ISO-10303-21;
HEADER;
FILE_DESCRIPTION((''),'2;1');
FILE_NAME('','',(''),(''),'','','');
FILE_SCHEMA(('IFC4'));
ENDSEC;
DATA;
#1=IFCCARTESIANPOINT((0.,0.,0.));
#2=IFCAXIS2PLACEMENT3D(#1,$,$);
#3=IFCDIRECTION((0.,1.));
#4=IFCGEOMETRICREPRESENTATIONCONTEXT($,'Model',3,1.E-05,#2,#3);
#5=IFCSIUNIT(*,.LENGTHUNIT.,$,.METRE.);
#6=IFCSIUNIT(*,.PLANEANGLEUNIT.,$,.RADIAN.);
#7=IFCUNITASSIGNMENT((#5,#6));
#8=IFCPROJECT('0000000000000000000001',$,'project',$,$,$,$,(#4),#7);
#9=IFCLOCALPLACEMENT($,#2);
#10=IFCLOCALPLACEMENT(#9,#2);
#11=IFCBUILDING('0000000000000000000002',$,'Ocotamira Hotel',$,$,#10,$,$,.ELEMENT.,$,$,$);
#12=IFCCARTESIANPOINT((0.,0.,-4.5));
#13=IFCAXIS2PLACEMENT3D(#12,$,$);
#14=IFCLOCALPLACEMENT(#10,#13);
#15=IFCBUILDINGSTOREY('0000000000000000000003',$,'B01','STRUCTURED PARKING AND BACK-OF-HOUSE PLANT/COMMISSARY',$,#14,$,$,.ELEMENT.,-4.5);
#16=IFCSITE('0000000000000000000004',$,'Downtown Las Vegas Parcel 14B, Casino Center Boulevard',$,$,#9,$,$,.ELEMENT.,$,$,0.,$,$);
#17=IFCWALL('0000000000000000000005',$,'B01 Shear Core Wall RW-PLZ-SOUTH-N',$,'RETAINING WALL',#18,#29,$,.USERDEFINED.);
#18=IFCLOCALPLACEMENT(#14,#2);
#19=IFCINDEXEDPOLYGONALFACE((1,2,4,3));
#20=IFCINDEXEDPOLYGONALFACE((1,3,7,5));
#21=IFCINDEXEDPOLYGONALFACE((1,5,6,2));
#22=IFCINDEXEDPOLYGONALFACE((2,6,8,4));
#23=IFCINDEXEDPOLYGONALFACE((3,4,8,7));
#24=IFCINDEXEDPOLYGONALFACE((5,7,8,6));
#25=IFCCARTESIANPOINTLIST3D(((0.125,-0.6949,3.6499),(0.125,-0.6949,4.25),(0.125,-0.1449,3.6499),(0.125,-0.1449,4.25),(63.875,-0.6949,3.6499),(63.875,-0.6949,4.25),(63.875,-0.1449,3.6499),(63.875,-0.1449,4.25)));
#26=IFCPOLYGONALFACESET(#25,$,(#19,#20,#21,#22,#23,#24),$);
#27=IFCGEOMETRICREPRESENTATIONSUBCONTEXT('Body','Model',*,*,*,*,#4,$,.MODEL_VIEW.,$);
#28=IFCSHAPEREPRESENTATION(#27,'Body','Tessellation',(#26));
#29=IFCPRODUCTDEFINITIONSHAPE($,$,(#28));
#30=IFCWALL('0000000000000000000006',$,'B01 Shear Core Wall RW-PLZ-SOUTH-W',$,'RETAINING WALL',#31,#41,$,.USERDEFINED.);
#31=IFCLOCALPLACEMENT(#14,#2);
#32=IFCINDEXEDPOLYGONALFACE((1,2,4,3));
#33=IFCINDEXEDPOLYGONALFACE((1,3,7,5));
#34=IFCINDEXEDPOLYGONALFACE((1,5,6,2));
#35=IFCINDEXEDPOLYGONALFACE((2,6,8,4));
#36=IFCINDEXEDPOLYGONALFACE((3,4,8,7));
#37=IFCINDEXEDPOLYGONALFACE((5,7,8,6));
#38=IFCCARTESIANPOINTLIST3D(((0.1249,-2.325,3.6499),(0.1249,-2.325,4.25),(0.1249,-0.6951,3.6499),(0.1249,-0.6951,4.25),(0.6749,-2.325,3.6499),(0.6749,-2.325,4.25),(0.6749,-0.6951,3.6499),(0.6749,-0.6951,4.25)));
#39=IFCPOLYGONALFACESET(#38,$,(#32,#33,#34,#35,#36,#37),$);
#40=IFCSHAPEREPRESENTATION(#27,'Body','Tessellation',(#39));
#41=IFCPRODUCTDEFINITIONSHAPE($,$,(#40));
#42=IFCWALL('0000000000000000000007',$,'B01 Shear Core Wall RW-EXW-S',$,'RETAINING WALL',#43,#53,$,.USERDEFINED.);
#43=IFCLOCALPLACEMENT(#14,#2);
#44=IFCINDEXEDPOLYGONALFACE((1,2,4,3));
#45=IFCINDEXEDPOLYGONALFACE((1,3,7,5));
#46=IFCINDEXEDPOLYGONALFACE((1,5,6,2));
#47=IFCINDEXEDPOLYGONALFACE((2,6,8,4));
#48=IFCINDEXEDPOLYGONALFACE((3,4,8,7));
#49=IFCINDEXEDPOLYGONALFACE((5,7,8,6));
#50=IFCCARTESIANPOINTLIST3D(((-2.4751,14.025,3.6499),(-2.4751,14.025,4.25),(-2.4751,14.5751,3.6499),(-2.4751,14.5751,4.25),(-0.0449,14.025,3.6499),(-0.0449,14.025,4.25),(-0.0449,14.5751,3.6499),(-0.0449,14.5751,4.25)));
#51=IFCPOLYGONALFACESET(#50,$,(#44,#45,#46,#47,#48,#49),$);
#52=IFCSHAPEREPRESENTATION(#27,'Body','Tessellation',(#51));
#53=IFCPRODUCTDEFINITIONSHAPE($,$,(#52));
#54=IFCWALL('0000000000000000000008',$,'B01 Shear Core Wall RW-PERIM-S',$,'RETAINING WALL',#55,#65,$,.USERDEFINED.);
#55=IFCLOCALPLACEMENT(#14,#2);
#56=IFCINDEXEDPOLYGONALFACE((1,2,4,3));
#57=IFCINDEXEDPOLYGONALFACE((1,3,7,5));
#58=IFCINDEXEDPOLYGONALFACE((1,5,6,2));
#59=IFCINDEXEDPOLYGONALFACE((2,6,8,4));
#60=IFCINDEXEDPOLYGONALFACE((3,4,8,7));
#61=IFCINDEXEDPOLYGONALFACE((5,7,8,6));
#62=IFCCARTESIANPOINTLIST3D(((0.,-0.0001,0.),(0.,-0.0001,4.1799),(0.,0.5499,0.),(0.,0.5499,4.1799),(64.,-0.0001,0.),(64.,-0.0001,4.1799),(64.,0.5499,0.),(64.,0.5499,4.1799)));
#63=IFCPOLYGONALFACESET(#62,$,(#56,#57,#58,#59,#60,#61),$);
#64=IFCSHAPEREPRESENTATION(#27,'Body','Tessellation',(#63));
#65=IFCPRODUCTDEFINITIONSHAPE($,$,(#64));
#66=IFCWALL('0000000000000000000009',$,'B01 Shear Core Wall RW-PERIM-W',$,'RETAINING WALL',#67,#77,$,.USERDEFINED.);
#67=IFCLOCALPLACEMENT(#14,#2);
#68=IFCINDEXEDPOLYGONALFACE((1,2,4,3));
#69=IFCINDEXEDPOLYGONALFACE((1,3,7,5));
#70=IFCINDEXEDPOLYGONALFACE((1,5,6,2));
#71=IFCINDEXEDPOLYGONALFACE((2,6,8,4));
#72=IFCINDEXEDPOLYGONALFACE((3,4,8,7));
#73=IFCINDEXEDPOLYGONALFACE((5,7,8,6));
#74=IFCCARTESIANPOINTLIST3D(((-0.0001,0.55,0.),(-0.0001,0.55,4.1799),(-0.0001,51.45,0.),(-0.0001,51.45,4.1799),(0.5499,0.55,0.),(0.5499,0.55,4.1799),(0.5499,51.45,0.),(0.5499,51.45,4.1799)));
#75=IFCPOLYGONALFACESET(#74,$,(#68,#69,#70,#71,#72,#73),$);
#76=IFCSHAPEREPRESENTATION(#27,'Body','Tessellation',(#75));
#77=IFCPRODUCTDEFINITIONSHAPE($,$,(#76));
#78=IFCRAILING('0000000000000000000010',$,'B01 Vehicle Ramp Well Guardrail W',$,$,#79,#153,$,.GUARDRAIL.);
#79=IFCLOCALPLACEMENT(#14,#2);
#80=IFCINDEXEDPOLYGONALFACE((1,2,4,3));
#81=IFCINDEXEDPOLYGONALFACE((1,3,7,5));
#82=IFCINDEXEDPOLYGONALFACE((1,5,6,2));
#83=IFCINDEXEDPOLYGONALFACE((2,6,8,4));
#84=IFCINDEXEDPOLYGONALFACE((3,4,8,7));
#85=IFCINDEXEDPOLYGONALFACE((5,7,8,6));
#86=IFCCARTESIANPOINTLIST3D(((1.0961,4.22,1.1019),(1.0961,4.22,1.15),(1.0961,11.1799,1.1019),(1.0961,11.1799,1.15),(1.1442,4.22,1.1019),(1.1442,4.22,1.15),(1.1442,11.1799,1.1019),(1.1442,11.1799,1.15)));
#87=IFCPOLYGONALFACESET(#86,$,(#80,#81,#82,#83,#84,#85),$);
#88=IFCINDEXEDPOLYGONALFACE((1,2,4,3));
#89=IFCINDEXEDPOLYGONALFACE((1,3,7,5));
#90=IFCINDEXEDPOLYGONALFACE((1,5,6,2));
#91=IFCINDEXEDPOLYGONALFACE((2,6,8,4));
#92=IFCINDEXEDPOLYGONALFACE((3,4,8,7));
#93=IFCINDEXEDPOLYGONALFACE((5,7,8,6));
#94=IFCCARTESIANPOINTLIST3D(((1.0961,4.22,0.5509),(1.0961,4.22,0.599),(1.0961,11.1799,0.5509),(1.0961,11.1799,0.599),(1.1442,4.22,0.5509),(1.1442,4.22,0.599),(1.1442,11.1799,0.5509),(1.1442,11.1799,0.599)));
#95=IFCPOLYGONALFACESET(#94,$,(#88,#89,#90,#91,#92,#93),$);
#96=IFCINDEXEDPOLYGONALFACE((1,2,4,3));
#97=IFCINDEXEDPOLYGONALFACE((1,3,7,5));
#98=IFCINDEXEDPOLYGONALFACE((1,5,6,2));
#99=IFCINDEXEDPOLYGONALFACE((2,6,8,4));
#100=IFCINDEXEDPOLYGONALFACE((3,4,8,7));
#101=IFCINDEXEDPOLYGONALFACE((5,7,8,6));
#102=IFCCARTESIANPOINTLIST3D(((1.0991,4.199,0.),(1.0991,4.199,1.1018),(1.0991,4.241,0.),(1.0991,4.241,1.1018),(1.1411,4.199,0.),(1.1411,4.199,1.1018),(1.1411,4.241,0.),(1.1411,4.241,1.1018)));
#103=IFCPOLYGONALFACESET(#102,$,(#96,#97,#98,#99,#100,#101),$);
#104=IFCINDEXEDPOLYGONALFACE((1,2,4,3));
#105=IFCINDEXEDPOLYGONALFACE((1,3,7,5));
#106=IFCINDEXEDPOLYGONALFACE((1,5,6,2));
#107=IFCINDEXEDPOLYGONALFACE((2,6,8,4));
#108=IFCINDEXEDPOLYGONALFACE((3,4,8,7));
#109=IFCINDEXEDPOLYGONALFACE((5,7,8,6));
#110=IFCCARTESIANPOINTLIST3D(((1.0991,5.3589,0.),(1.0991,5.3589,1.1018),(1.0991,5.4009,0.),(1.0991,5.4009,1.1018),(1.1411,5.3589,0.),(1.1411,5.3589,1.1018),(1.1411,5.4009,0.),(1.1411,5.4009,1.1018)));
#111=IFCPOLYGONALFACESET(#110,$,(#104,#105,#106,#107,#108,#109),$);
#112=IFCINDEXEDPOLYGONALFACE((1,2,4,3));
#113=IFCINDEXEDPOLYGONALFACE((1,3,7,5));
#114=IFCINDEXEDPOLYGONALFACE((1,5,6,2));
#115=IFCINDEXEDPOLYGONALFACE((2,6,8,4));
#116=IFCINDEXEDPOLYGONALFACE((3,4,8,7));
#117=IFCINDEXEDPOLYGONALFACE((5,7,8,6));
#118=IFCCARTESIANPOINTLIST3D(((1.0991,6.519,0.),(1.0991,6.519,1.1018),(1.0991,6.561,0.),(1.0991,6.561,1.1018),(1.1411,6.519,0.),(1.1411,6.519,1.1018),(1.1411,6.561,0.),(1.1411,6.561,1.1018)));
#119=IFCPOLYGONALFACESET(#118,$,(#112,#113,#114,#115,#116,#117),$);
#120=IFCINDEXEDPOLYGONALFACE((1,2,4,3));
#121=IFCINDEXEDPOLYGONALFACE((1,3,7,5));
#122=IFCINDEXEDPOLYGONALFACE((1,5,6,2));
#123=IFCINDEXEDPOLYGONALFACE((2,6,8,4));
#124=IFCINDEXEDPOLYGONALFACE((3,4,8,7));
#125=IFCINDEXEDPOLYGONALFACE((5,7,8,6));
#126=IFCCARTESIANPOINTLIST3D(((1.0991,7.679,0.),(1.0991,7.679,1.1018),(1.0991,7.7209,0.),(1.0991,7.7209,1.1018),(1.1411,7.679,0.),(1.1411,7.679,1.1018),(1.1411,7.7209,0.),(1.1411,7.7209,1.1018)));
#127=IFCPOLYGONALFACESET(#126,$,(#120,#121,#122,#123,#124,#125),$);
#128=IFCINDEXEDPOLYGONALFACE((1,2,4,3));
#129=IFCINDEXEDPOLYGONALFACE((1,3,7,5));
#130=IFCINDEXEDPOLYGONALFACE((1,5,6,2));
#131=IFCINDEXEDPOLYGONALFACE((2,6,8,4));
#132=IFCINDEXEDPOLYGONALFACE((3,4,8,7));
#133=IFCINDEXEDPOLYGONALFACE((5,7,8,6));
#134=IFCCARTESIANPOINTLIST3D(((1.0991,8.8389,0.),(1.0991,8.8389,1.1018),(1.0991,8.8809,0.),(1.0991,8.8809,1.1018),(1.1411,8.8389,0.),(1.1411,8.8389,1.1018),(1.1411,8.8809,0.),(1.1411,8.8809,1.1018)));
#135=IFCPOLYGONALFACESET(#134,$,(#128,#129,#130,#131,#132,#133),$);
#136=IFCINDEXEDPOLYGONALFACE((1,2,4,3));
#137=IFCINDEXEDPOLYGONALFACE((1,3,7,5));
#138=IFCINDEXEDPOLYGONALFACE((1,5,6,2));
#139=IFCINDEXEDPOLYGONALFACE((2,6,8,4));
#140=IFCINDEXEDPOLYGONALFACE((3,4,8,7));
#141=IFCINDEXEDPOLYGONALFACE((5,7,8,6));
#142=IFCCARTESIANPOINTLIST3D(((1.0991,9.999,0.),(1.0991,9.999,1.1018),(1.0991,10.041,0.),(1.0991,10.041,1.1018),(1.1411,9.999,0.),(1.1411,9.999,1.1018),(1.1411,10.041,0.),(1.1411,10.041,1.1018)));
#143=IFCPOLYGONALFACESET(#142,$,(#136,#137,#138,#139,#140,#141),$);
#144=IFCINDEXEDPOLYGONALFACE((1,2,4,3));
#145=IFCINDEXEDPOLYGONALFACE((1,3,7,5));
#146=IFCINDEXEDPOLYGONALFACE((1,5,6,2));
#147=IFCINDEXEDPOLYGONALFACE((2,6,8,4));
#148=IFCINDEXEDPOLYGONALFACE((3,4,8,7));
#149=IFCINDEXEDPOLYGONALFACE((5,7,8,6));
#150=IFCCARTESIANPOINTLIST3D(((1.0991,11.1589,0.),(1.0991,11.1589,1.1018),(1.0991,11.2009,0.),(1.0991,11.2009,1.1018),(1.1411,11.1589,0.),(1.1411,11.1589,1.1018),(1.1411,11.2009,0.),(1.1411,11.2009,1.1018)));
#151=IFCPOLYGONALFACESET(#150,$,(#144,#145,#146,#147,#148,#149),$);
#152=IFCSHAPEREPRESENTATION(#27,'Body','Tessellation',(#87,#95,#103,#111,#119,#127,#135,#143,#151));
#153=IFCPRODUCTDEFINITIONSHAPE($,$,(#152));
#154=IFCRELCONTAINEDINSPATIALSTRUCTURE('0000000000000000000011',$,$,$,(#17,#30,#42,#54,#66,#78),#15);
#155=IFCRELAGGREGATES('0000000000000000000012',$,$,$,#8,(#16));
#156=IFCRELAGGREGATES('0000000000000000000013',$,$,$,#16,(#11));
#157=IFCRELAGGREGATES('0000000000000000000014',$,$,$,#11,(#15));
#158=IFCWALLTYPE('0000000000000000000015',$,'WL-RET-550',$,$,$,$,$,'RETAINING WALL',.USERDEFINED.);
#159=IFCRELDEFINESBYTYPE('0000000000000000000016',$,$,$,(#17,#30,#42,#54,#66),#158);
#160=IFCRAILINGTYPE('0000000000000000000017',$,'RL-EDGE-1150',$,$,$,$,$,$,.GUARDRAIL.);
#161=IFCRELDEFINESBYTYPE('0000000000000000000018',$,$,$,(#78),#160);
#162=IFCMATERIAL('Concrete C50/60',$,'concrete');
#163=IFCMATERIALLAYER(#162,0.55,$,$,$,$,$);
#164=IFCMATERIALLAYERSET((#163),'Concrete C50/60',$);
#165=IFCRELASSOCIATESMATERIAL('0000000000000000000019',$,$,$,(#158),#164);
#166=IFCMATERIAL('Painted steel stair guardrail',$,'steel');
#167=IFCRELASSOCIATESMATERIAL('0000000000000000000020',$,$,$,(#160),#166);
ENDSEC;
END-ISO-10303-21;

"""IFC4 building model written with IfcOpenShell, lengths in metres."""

from ifc_helpers import new_model, si_unit, direction, frame, frame_2d, origin, origin_2d, place, context, subcontext, project, spatial, rectangle, extrude, material, layer, layer_set, type_object, element, save


model = new_model("IFC4")

# Units and contexts
model_context = context("Model", 3, precision=1e-05, world=origin(), true_north=direction((0.0, 1.0)))
body_context = subcontext(model_context, "Body", "Model", "MODEL_VIEW")
ifc_project = project(units=[si_unit("LENGTHUNIT", "METRE"), si_unit("PLANEANGLEUNIT", "RADIAN")], contexts=[model_context])

# Site, building, storey
site_placement = place(None, origin())
site = spatial("IfcSite", under=ifc_project, at=site_placement, Name="Downtown Las Vegas Parcel 14B, Casino Center Boulevard", CompositionType="ELEMENT", RefElevation=0.0)
building_placement = place(site_placement, origin())
building = spatial("IfcBuilding", under=site, at=building_placement, Name="Ocotamira Hotel", CompositionType="ELEMENT")
storey_placement = place(building_placement, frame((0.0, 0.0, -4.5)))
storey = spatial("IfcBuildingStorey", under=building, at=storey_placement, Name="B01", Description="STRUCTURED PARKING AND BACK-OF-HOUSE PLANT/COMMISSARY", CompositionType="ELEMENT", Elevation=-4.5)

# Shared definitions
ifc_material_1 = material(Name="Concrete C50/60", Category="concrete")

# Walls
ifc_layer_1 = layer(ifc_material_1, 0.55)
ifc_layer_set_1 = layer_set([ifc_layer_1], Name="Concrete C50/60")
wall_type = type_object("IfcWallType", Name="WL-RET-550", ElementType="RETAINING WALL", PredefinedType="USERDEFINED", material=ifc_layer_set_1)
for number, where, z_axis, x_axis, name in (
    (1, (0.125, -0.4199, 3.6499), (0.0, 0.0, 1.0), (1.0, 0.0, 0.0), "B01 Shear Core Wall RW-PLZ-SOUTH-N"),
):
    element("IfcWall", number, at=place(storey_placement, frame(where, z_axis=z_axis, x_axis=x_axis)), inside=storey, type_object=wall_type, Name=name, ObjectType="RETAINING WALL", PredefinedType="USERDEFINED", context=body_context, shape_type="SweptSolid", body=[
        extrude(rectangle(XDim=63.75, YDim=0.55, at=frame_2d((31.875, 0.0))), origin(), (0.0, 0.0, 1.0), 0.6001),
    ])
wall_1_placement = place(storey_placement, frame((0.3999, -2.325, 3.6499), z_axis=(0.0, 0.0, 1.0), x_axis=(0.0, 1.0, 0.0)))
element("IfcWall", 2, at=wall_1_placement, inside=storey, type_object=wall_type, Name="B01 Shear Core Wall RW-PLZ-SOUTH-W", ObjectType="RETAINING WALL", PredefinedType="USERDEFINED", context=body_context, shape_type="SweptSolid", body=[
    extrude(rectangle(XDim=1.6299, YDim=0.55, at=frame_2d((0.8149, 0.0))), origin(), (0.0, 0.0, 1.0), 0.6001),
])
wall_2_placement = place(storey_placement, frame((-2.4751, 14.3, 3.6499), z_axis=(0.0, 0.0, 1.0), x_axis=(1.0, 0.0, 0.0)))
element("IfcWall", 3, at=wall_2_placement, inside=storey, type_object=wall_type, Name="B01 Shear Core Wall RW-EXW-S", ObjectType="RETAINING WALL", PredefinedType="USERDEFINED", context=body_context, shape_type="SweptSolid", body=[
    extrude(rectangle(XDim=2.4302, YDim=0.55, at=frame_2d((1.2151, 0.0))), origin(), (0.0, 0.0, 1.0), 0.6001),
])
wall_3_placement = place(storey_placement, frame((0.0, 0.2749, 0.0), z_axis=(0.0, 0.0, 1.0), x_axis=(1.0, 0.0, 0.0)))
element("IfcWall", 4, at=wall_3_placement, inside=storey, type_object=wall_type, Name="B01 Shear Core Wall RW-PERIM-S", ObjectType="RETAINING WALL", PredefinedType="USERDEFINED", context=body_context, shape_type="SweptSolid", body=[
    extrude(rectangle(XDim=64.0, YDim=0.55, at=frame_2d((32.0, 0.0))), origin(), (0.0, 0.0, 1.0), 4.1799),
])
wall_4_placement = place(storey_placement, frame((0.2749, 0.55, 0.0), z_axis=(0.0, 0.0, 1.0), x_axis=(0.0, 1.0, 0.0)))
element("IfcWall", 5, at=wall_4_placement, inside=storey, type_object=wall_type, Name="B01 Shear Core Wall RW-PERIM-W", ObjectType="RETAINING WALL", PredefinedType="USERDEFINED", context=body_context, shape_type="SweptSolid", body=[
    extrude(rectangle(XDim=50.8999, YDim=0.55, at=frame_2d((25.45, 0.0))), origin(), (0.0, 0.0, 1.0), 4.1799),
])

# Railing
ifc_material_2 = material(Name="Painted steel stair guardrail", Category="steel")
railing_type = type_object("IfcRailingType", Name="RL-EDGE-1150", PredefinedType="GUARDRAIL", material=ifc_material_2)
railing_1_placement = place(storey_placement, frame((1.1201, 4.22, 0.0)))
element("IfcRailing", 6, at=railing_1_placement, inside=storey, type_object=railing_type, Name="B01 Vehicle Ramp Well Guardrail W", PredefinedType="GUARDRAIL", context=body_context, shape_type="SweptSolid", body=[
    extrude(rectangle(XDim=0.0481, YDim=0.0481, at=origin_2d()), frame((0.0, 0.0, 1.126), z_axis=(0.0, 1.0, 0.0), x_axis=(-1.0, 0.0, 0.0)), (0.0, 0.0, 1.0), 6.96),
    extrude(rectangle(XDim=0.0481, YDim=0.0481, at=origin_2d()), frame((0.0, 0.0, 0.575), z_axis=(0.0, 1.0, 0.0), x_axis=(-1.0, 0.0, 0.0)), (0.0, 0.0, 1.0), 6.96),
    extrude(rectangle(XDim=0.042, YDim=0.042, at=origin_2d()), origin(), (0.0, 0.0, 1.0), 1.1018),
    extrude(rectangle(XDim=0.042, YDim=0.042, at=origin_2d()), frame((0.0, 1.1599, 0.0)), (0.0, 0.0, 1.0), 1.1018),
    extrude(rectangle(XDim=0.042, YDim=0.042, at=origin_2d()), frame((0.0, 2.3201, 0.0)), (0.0, 0.0, 1.0), 1.1018),
    extrude(rectangle(XDim=0.042, YDim=0.042, at=origin_2d()), frame((0.0, 3.48, 0.0)), (0.0, 0.0, 1.0), 1.1018),
    extrude(rectangle(XDim=0.042, YDim=0.042, at=origin_2d()), frame((0.0, 4.6399, 0.0)), (0.0, 0.0, 1.0), 1.1018),
    extrude(rectangle(XDim=0.042, YDim=0.042, at=origin_2d()), frame((0.0, 5.8, 0.0)), (0.0, 0.0, 1.0), 1.1018),
    extrude(rectangle(XDim=0.042, YDim=0.042, at=origin_2d()), frame((0.0, 6.96, 0.0)), (0.0, 0.0, 1.0), 1.1018),
])

save(model, "model.ifc")
